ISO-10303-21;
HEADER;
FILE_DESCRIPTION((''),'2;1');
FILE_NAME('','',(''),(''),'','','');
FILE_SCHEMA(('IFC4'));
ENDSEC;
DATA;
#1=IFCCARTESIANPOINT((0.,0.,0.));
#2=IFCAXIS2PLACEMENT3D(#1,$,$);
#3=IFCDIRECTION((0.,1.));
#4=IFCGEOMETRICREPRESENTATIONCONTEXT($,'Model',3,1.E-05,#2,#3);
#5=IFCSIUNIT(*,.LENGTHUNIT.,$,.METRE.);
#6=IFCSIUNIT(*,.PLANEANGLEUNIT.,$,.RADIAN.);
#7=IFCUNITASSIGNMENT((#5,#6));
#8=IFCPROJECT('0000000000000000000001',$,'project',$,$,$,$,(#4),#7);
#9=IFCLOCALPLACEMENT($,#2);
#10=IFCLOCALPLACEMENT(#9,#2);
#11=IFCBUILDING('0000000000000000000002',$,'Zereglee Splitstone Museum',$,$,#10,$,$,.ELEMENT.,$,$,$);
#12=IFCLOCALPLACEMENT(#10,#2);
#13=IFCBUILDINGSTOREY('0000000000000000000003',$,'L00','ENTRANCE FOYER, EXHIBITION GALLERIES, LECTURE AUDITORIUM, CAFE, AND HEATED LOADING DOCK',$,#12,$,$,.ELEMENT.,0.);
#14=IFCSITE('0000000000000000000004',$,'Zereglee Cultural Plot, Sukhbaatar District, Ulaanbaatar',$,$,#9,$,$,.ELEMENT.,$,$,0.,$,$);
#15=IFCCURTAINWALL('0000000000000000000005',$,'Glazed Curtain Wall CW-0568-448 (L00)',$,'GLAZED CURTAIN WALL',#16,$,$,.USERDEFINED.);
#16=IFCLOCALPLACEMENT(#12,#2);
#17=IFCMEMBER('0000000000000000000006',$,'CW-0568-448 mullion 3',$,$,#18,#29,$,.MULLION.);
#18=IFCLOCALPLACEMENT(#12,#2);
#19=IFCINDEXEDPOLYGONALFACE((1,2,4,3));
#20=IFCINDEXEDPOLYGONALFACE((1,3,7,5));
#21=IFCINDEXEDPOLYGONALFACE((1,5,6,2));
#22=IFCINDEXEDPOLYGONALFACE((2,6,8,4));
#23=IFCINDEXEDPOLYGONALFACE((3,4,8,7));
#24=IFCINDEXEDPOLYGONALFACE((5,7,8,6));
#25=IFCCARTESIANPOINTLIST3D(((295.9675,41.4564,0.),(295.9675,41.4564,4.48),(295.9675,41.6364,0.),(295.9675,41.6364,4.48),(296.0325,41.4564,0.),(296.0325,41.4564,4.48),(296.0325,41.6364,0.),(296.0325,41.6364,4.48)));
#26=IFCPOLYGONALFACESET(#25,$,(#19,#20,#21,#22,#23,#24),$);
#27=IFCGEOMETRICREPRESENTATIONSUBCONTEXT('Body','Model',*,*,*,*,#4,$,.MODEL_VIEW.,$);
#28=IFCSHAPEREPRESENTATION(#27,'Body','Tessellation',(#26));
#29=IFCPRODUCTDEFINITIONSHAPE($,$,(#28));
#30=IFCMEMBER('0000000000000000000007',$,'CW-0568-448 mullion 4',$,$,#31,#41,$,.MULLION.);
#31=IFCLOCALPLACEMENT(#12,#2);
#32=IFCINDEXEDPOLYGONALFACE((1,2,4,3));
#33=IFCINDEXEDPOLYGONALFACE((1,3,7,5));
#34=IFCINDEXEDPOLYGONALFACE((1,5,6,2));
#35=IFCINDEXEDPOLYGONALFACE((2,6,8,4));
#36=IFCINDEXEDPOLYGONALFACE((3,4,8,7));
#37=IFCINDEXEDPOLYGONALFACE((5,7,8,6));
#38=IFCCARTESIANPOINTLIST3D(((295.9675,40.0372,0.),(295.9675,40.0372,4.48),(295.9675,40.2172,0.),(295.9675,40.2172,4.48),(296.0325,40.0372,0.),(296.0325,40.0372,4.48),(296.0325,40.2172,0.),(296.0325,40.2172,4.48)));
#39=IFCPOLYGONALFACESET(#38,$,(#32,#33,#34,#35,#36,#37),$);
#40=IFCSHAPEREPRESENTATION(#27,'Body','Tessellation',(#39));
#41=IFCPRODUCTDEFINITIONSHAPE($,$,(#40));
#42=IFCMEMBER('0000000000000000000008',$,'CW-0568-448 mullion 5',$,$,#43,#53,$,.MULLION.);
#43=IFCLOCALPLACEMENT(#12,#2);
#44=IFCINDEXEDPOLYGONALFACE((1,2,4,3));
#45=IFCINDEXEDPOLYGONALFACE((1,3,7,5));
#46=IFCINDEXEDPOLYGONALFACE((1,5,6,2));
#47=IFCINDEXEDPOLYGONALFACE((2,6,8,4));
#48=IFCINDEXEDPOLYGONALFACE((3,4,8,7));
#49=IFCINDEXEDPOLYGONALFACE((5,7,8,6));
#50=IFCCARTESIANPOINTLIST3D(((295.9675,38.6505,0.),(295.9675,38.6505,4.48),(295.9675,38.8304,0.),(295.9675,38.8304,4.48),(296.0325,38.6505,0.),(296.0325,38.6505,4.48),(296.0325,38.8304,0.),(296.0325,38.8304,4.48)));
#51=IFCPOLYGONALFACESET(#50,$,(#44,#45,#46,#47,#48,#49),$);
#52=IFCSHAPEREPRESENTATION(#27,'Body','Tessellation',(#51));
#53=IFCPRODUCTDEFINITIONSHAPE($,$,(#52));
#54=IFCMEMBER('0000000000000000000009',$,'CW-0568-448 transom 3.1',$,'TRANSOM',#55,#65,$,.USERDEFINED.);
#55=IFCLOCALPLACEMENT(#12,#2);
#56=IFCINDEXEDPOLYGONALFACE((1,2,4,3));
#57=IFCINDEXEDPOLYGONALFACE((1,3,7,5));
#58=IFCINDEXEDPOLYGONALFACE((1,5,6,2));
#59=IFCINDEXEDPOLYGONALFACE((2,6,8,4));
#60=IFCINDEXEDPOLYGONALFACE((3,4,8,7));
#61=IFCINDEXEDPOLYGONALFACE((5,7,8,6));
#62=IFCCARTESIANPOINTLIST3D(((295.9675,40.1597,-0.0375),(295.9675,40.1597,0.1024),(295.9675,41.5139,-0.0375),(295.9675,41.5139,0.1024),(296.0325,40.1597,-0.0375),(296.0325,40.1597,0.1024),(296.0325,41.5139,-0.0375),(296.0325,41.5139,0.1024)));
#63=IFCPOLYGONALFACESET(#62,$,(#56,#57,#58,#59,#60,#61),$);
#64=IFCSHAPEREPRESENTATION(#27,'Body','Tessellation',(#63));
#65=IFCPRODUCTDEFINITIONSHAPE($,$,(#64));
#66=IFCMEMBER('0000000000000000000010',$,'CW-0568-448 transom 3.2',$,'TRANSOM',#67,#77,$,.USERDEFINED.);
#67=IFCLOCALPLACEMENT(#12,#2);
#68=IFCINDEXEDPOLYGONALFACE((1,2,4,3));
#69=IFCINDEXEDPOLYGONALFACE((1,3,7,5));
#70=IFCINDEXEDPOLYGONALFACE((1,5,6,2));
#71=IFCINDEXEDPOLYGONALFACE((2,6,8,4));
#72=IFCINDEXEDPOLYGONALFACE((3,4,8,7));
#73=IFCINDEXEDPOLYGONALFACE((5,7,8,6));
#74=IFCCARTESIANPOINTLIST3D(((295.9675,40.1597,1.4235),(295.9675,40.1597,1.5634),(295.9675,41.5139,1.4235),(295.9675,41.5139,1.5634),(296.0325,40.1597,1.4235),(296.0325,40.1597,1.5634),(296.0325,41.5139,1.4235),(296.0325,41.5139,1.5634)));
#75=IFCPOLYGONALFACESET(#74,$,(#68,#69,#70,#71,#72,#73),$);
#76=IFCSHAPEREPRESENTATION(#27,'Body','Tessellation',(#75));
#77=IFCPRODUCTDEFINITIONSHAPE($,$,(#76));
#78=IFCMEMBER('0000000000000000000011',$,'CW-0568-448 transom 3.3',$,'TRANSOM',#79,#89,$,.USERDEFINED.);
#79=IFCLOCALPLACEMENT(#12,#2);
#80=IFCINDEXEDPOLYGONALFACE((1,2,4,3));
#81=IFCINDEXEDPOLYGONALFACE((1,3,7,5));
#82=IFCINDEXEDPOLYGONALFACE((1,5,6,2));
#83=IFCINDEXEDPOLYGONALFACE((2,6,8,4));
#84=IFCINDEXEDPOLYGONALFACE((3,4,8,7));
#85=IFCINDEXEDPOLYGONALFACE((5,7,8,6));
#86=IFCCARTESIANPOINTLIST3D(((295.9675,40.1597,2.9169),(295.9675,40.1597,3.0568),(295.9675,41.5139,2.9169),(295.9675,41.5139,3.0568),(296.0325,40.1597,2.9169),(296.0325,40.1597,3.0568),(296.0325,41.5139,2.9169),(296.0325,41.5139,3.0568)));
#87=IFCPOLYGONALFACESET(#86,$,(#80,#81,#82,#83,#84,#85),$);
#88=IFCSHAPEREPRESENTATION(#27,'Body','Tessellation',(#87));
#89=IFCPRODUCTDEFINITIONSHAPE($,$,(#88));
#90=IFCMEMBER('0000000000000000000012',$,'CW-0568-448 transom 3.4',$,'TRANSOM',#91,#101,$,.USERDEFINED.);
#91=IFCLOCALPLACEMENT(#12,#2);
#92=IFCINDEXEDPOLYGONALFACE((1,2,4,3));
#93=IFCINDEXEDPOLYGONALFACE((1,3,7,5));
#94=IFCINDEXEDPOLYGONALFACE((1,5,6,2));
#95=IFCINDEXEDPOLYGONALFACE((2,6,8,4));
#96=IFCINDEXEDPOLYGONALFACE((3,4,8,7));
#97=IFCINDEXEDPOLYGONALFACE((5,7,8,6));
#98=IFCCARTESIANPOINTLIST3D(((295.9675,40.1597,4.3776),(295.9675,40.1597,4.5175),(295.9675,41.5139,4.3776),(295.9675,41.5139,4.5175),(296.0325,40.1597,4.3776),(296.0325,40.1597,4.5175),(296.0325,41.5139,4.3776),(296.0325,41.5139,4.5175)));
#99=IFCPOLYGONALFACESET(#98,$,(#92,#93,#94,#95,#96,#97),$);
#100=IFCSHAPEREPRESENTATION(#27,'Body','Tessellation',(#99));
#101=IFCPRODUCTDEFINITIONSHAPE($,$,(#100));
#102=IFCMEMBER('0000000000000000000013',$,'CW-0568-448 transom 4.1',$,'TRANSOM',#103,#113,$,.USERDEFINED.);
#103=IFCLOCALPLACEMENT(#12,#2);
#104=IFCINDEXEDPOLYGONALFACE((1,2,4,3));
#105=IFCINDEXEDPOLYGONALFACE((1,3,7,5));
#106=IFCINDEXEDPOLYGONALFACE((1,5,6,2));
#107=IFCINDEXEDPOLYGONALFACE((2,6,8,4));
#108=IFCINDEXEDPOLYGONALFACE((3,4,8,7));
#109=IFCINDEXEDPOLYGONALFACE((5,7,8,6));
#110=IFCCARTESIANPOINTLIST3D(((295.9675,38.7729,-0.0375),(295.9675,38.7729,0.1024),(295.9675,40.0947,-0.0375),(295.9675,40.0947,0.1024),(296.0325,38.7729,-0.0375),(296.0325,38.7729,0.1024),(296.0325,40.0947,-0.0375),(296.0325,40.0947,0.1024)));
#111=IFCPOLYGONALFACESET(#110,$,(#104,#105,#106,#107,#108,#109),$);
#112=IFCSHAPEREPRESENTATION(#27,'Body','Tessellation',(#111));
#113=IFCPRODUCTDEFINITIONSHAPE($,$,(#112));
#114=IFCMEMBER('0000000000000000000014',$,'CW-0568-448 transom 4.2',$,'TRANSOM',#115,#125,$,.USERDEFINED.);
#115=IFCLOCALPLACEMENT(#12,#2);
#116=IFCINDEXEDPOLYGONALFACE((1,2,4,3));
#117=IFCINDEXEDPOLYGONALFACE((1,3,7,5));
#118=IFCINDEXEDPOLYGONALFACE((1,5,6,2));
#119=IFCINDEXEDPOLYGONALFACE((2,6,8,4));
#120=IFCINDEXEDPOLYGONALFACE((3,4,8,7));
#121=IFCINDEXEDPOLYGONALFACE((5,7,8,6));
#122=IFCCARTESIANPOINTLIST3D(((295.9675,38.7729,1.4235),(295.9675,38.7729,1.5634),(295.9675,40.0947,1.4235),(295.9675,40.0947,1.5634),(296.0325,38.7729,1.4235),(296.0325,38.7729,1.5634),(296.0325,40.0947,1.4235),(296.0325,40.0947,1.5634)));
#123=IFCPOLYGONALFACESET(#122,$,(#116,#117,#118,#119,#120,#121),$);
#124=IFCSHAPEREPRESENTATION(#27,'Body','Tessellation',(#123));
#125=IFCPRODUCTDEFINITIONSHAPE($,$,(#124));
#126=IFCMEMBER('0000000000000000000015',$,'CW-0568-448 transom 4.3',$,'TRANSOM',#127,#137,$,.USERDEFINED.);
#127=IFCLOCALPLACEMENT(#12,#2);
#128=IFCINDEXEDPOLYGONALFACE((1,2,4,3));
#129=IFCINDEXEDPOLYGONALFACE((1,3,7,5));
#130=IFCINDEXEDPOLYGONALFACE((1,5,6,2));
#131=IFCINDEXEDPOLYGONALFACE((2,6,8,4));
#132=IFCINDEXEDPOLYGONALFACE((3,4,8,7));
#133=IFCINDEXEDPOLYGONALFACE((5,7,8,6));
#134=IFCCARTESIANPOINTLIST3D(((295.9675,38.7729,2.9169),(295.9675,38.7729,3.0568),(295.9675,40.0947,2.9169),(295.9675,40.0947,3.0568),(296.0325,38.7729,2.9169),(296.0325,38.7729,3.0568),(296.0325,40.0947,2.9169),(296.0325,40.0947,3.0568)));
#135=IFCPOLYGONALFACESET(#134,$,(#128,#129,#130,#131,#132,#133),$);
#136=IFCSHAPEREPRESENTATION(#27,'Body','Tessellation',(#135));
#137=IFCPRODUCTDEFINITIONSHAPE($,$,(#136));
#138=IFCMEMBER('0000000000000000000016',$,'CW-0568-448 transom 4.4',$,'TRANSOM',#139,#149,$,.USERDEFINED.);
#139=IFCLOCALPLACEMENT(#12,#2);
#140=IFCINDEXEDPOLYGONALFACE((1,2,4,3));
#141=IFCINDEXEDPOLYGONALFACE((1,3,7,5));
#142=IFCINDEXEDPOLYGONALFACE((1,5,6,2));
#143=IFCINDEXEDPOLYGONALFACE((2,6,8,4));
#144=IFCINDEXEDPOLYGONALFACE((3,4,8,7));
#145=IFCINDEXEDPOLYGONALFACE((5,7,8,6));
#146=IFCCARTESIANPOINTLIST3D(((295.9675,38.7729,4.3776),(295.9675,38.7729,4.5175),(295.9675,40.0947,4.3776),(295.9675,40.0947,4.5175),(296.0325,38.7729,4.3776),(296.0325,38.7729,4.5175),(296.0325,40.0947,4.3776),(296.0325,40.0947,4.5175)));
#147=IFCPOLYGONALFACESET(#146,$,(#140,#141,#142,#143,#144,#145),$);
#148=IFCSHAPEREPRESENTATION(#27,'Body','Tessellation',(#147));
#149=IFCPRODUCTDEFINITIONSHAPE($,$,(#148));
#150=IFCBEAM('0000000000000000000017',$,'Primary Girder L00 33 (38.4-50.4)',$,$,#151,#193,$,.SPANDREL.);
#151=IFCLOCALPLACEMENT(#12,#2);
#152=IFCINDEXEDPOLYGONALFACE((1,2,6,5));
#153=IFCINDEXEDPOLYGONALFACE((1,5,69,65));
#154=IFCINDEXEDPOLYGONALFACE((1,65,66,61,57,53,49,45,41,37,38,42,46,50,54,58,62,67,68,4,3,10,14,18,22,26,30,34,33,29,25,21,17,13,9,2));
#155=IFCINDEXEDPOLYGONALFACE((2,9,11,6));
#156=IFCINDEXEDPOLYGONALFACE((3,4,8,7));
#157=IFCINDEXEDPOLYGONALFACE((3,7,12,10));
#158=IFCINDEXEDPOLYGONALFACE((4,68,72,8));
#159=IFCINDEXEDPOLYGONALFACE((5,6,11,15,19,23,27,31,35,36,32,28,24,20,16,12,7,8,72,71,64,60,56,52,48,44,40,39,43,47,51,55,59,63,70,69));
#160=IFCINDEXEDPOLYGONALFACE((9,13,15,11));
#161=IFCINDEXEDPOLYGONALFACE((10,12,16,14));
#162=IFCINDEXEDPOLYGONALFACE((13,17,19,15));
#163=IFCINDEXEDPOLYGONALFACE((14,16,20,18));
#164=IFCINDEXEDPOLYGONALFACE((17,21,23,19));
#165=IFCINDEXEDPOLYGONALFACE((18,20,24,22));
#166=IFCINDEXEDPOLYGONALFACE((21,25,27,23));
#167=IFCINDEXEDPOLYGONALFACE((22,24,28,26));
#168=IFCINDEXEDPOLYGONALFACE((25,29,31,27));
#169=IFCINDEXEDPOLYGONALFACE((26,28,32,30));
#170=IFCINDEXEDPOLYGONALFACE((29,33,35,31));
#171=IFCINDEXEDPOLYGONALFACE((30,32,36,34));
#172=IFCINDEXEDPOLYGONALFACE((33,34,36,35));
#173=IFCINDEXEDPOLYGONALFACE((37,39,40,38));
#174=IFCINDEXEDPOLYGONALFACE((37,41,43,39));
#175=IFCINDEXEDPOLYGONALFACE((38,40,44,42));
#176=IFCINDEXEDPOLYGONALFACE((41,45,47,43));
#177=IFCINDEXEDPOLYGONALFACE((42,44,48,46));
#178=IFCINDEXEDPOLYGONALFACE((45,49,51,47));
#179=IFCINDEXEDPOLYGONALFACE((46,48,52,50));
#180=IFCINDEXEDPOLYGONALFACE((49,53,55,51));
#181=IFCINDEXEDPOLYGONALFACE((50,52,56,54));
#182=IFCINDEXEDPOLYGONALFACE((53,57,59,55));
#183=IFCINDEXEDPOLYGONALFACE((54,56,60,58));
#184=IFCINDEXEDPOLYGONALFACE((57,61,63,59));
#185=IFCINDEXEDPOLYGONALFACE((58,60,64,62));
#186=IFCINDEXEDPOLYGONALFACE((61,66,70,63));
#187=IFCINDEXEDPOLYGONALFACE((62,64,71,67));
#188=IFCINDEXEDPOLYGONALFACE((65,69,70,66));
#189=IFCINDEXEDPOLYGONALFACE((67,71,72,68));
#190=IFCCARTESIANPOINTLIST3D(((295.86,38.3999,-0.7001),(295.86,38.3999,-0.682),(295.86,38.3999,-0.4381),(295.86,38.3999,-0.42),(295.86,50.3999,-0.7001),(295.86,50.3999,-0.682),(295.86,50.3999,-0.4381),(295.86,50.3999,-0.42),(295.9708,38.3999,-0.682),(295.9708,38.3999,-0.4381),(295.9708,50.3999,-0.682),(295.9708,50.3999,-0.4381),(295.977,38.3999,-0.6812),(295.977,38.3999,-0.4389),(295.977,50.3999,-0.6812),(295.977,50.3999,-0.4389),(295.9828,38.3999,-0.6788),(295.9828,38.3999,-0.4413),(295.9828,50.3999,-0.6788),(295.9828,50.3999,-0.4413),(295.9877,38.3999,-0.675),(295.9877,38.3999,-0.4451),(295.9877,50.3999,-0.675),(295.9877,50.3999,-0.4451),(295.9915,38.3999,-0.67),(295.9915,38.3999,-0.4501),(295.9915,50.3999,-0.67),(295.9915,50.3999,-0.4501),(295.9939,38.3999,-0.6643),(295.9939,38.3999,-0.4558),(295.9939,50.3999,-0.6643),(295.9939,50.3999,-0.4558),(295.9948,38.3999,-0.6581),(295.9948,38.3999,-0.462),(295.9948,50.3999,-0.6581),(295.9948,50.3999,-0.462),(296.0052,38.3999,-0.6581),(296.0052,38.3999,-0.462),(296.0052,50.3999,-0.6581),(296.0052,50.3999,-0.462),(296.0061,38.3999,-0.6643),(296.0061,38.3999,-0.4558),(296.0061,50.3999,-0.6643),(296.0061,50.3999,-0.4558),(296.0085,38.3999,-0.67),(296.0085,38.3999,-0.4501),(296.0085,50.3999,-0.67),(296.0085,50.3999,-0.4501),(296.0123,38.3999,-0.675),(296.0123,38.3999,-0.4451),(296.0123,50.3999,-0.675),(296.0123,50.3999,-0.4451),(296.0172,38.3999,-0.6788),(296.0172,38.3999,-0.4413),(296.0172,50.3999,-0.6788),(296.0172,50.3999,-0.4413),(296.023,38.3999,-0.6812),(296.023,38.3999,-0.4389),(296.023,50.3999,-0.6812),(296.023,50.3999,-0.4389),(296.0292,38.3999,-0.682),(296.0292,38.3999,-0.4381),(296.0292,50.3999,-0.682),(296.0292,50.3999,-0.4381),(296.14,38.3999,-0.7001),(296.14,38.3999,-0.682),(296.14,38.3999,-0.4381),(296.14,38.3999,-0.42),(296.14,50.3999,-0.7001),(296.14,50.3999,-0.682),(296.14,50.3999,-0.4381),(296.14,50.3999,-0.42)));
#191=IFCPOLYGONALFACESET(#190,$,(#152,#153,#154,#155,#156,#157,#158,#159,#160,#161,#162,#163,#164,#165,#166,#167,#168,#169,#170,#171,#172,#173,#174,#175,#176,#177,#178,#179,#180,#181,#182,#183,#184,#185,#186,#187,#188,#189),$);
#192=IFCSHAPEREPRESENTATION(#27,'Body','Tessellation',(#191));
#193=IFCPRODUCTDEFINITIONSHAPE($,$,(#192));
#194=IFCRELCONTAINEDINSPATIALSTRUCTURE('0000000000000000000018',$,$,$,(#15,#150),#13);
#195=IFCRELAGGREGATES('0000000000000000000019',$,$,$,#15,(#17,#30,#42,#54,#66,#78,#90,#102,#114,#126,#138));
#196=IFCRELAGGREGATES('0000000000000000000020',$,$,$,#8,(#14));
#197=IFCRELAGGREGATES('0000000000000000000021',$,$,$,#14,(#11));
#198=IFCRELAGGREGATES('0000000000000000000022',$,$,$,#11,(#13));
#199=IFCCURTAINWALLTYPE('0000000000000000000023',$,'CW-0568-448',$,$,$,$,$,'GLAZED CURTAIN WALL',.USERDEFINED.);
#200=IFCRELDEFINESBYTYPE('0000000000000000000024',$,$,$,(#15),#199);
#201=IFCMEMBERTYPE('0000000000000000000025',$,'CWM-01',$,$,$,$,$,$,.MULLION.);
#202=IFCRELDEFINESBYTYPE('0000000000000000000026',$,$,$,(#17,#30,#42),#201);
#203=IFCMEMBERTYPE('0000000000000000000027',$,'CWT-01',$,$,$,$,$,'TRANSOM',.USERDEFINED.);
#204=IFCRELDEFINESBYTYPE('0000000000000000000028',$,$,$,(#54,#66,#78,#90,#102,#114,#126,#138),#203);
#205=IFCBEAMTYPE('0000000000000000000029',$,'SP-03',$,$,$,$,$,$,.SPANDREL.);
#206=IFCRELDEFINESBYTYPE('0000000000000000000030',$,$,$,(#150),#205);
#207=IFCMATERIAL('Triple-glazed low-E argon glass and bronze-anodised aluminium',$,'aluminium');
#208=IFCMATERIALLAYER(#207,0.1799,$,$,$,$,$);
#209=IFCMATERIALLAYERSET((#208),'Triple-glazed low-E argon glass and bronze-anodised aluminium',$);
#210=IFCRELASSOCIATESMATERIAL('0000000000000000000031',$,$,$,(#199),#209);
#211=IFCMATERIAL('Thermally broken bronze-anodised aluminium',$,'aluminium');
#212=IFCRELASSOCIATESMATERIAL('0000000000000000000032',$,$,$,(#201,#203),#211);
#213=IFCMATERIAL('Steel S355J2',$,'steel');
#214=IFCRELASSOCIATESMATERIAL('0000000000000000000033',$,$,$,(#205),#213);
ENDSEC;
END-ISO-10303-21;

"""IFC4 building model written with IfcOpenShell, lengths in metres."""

from ifc_helpers import new_model, si_unit, direction, frame, origin, origin_2d, place, context, subcontext, project, spatial, rectangle, i_section, extrude, material, layer, layer_set, material_profile, profile_set, type_object, element, aggregate, save


model = new_model("IFC4")

# Units and contexts
model_context = context("Model", 3, precision=1e-05, world=origin(), true_north=direction((0.0, 1.0)))
body_context = subcontext(model_context, "Body", "Model", "MODEL_VIEW")
ifc_project = project(units=[si_unit("LENGTHUNIT", "METRE"), si_unit("PLANEANGLEUNIT", "RADIAN")], contexts=[model_context])

# Site, building, storey
site_placement = place(None, origin())
site = spatial("IfcSite", under=ifc_project, at=site_placement, Name="Zereglee Cultural Plot, Sukhbaatar District, Ulaanbaatar", CompositionType="ELEMENT", RefElevation=0.0)
building_placement = place(site_placement, origin())
building = spatial("IfcBuilding", under=site, at=building_placement, Name="Zereglee Splitstone Museum", CompositionType="ELEMENT")
storey_placement = place(building_placement, origin())
storey = spatial("IfcBuildingStorey", under=building, at=storey_placement, Name="L00", Description="ENTRANCE FOYER, EXHIBITION GALLERIES, LECTURE AUDITORIUM, CAFE, AND HEATED LOADING DOCK", CompositionType="ELEMENT", Elevation=0.0)

# Curtain wall, members
ifc_material_1 = material(Name="Triple-glazed low-E argon glass and bronze-anodised aluminium", Category="aluminium")
ifc_layer_1 = layer(ifc_material_1, 0.1799)
ifc_layer_set_1 = layer_set([ifc_layer_1], Name="Triple-glazed low-E argon glass and bronze-anodised aluminium")
curtain_wall_type = type_object("IfcCurtainWallType", Name="CW-0568-448", ElementType="GLAZED CURTAIN WALL", PredefinedType="USERDEFINED", material=ifc_layer_set_1)
curtain_wall_placement = place(storey_placement, origin())
curtain_wall = element("IfcCurtainWall", 1, at=curtain_wall_placement, inside=storey, type_object=curtain_wall_type, Name="Glazed Curtain Wall CW-0568-448 (L00)", ObjectType="GLAZED CURTAIN WALL", PredefinedType="USERDEFINED")
ifc_material_2 = material(Name="Thermally broken bronze-anodised aluminium", Category="aluminium")
ifc_material_profile_1 = material_profile(ifc_material_2, rectangle(XDim=0.0649, YDim=0.1799, at=origin_2d()), Name="CW MULL 65x180")
ifc_profile_set_1 = profile_set([ifc_material_profile_1], Name="Thermally broken bronze-anodised aluminium")
member_type_1 = type_object("IfcMemberType", Name="CWM-01", PredefinedType="MULLION", material=ifc_profile_set_1)
member_1_placement = place(storey_placement, frame((296.0, 41.5464, 0.0), z_axis=(0.0, 0.0, 1.0), x_axis=(1.0, 0.0, 0.0)))
member_1 = element("IfcMember", 2, at=member_1_placement, type_object=member_type_1, Name="CW-0568-448 mullion 3", PredefinedType="MULLION", context=body_context, shape_type="SweptSolid", body=[
    extrude(rectangle(XDim=0.0649, YDim=0.1799, at=origin_2d()), origin(), (0.0, 0.0, 1.0), 4.48),
])
member_2_placement = place(storey_placement, frame((296.0, 40.1272, 0.0), z_axis=(0.0, 0.0, 1.0), x_axis=(1.0, 0.0, 0.0)))
member_2 = element("IfcMember", 3, at=member_2_placement, type_object=member_type_1, Name="CW-0568-448 mullion 4", PredefinedType="MULLION", context=body_context, shape_type="SweptSolid", body=[
    extrude(rectangle(XDim=0.0649, YDim=0.1799, at=origin_2d()), origin(), (0.0, 0.0, 1.0), 4.48),
])
member_3_placement = place(storey_placement, frame((296.0, 38.7405, 0.0), z_axis=(0.0, 0.0, 1.0), x_axis=(1.0, 0.0, 0.0)))
member_3 = element("IfcMember", 4, at=member_3_placement, type_object=member_type_1, Name="CW-0568-448 mullion 5", PredefinedType="MULLION", context=body_context, shape_type="SweptSolid", body=[
    extrude(rectangle(XDim=0.0649, YDim=0.1799, at=origin_2d()), origin(), (0.0, 0.0, 1.0), 4.48),
])
ifc_material_profile_2 = material_profile(ifc_material_2, rectangle(XDim=0.0649, YDim=0.1399, at=origin_2d()), Name="CW TRAN 65x140")
ifc_profile_set_2 = profile_set([ifc_material_profile_2], Name="Thermally broken bronze-anodised aluminium")
member_type_2 = type_object("IfcMemberType", Name="CWT-01", ElementType="TRANSOM", PredefinedType="USERDEFINED", material=ifc_profile_set_2)
member_4_placement = place(storey_placement, frame((296.0, 41.5139, 0.0325), z_axis=(0.0, -1.0, 0.0), x_axis=(1.0, 0.0, 0.0)))
member_4 = element("IfcMember", 5, at=member_4_placement, type_object=member_type_2, Name="CW-0568-448 transom 3.1", ObjectType="TRANSOM", PredefinedType="USERDEFINED", context=body_context, shape_type="SweptSolid", body=[
    extrude(rectangle(XDim=0.0649, YDim=0.1399, at=origin_2d()), origin(), (0.0, 0.0, 1.0), 1.3542),
])
member_5_placement = place(storey_placement, frame((296.0, 41.5139, 1.4934), z_axis=(0.0, -1.0, 0.0), x_axis=(1.0, 0.0, 0.0)))
member_5 = element("IfcMember", 6, at=member_5_placement, type_object=member_type_2, Name="CW-0568-448 transom 3.2", ObjectType="TRANSOM", PredefinedType="USERDEFINED", context=body_context, shape_type="SweptSolid", body=[
    extrude(rectangle(XDim=0.0649, YDim=0.1399, at=origin_2d()), origin(), (0.0, 0.0, 1.0), 1.3542),
])
member_6_placement = place(storey_placement, frame((296.0, 41.5139, 2.9868), z_axis=(0.0, -1.0, 0.0), x_axis=(1.0, 0.0, 0.0)))
member_6 = element("IfcMember", 7, at=member_6_placement, type_object=member_type_2, Name="CW-0568-448 transom 3.3", ObjectType="TRANSOM", PredefinedType="USERDEFINED", context=body_context, shape_type="SweptSolid", body=[
    extrude(rectangle(XDim=0.0649, YDim=0.1399, at=origin_2d()), origin(), (0.0, 0.0, 1.0), 1.3542),
])
member_7_placement = place(storey_placement, frame((296.0, 41.5139, 4.4475), z_axis=(0.0, -1.0, 0.0), x_axis=(1.0, 0.0, 0.0)))
member_7 = element("IfcMember", 8, at=member_7_placement, type_object=member_type_2, Name="CW-0568-448 transom 3.4", ObjectType="TRANSOM", PredefinedType="USERDEFINED", context=body_context, shape_type="SweptSolid", body=[
    extrude(rectangle(XDim=0.0649, YDim=0.1399, at=origin_2d()), origin(), (0.0, 0.0, 1.0), 1.3542),
])
member_8_placement = place(storey_placement, frame((296.0, 40.0947, 0.0325), z_axis=(0.0, -1.0, 0.0), x_axis=(1.0, 0.0, 0.0)))
member_8 = element("IfcMember", 9, at=member_8_placement, type_object=member_type_2, Name="CW-0568-448 transom 4.1", ObjectType="TRANSOM", PredefinedType="USERDEFINED", context=body_context, shape_type="SweptSolid", body=[
    extrude(rectangle(XDim=0.0649, YDim=0.1399, at=origin_2d()), origin(), (0.0, 0.0, 1.0), 1.3218),
])
member_9_placement = place(storey_placement, frame((296.0, 40.0947, 1.4934), z_axis=(0.0, -1.0, 0.0), x_axis=(1.0, 0.0, 0.0)))
member_9 = element("IfcMember", 10, at=member_9_placement, type_object=member_type_2, Name="CW-0568-448 transom 4.2", ObjectType="TRANSOM", PredefinedType="USERDEFINED", context=body_context, shape_type="SweptSolid", body=[
    extrude(rectangle(XDim=0.0649, YDim=0.1399, at=origin_2d()), origin(), (0.0, 0.0, 1.0), 1.3218),
])
member_10_placement = place(storey_placement, frame((296.0, 40.0947, 2.9868), z_axis=(0.0, -1.0, 0.0), x_axis=(1.0, 0.0, 0.0)))
member_10 = element("IfcMember", 11, at=member_10_placement, type_object=member_type_2, Name="CW-0568-448 transom 4.3", ObjectType="TRANSOM", PredefinedType="USERDEFINED", context=body_context, shape_type="SweptSolid", body=[
    extrude(rectangle(XDim=0.0649, YDim=0.1399, at=origin_2d()), origin(), (0.0, 0.0, 1.0), 1.3218),
])
member_11_placement = place(storey_placement, frame((296.0, 40.0947, 4.4475), z_axis=(0.0, -1.0, 0.0), x_axis=(1.0, 0.0, 0.0)))
member_11 = element("IfcMember", 12, at=member_11_placement, type_object=member_type_2, Name="CW-0568-448 transom 4.4", ObjectType="TRANSOM", PredefinedType="USERDEFINED", context=body_context, shape_type="SweptSolid", body=[
    extrude(rectangle(XDim=0.0649, YDim=0.1399, at=origin_2d()), origin(), (0.0, 0.0, 1.0), 1.3218),
])

# Beam
ifc_material_3 = material(Name="Steel S355J2", Category="steel")
ifc_material_profile_3 = material_profile(ifc_material_3, i_section(OverallWidth=0.28, OverallDepth=0.28, WebThickness=0.0105, FlangeThickness=0.0181, FilletRadius=0.0239, at=origin_2d()), Name="HE 280 B")
ifc_profile_set_3 = profile_set([ifc_material_profile_3], Name="Steel S355J2")
beam_type = type_object("IfcBeamType", Name="SP-03", PredefinedType="SPANDREL", material=ifc_profile_set_3)
beam_placement = place(storey_placement, frame((296.0, 38.3999, -0.5601), z_axis=(0.0, 1.0, 0.0), x_axis=(-1.0, 0.0, 0.0)))
element("IfcBeam", 13, at=beam_placement, inside=storey, type_object=beam_type, Name="Primary Girder L00 33 (38.4-50.4)", PredefinedType="SPANDREL", context=body_context, shape_type="SweptSolid", body=[
    extrude(i_section(OverallWidth=0.28, OverallDepth=0.28, WebThickness=0.0105, FlangeThickness=0.0181, FilletRadius=0.0239, at=origin_2d()), origin(), (0.0, 0.0, 1.0), 12.0),
])

aggregate(curtain_wall, [member_1, member_2, member_3, member_4, member_5, member_6, member_7, member_8, member_9, member_10, member_11])

save(model, "model.ifc")
